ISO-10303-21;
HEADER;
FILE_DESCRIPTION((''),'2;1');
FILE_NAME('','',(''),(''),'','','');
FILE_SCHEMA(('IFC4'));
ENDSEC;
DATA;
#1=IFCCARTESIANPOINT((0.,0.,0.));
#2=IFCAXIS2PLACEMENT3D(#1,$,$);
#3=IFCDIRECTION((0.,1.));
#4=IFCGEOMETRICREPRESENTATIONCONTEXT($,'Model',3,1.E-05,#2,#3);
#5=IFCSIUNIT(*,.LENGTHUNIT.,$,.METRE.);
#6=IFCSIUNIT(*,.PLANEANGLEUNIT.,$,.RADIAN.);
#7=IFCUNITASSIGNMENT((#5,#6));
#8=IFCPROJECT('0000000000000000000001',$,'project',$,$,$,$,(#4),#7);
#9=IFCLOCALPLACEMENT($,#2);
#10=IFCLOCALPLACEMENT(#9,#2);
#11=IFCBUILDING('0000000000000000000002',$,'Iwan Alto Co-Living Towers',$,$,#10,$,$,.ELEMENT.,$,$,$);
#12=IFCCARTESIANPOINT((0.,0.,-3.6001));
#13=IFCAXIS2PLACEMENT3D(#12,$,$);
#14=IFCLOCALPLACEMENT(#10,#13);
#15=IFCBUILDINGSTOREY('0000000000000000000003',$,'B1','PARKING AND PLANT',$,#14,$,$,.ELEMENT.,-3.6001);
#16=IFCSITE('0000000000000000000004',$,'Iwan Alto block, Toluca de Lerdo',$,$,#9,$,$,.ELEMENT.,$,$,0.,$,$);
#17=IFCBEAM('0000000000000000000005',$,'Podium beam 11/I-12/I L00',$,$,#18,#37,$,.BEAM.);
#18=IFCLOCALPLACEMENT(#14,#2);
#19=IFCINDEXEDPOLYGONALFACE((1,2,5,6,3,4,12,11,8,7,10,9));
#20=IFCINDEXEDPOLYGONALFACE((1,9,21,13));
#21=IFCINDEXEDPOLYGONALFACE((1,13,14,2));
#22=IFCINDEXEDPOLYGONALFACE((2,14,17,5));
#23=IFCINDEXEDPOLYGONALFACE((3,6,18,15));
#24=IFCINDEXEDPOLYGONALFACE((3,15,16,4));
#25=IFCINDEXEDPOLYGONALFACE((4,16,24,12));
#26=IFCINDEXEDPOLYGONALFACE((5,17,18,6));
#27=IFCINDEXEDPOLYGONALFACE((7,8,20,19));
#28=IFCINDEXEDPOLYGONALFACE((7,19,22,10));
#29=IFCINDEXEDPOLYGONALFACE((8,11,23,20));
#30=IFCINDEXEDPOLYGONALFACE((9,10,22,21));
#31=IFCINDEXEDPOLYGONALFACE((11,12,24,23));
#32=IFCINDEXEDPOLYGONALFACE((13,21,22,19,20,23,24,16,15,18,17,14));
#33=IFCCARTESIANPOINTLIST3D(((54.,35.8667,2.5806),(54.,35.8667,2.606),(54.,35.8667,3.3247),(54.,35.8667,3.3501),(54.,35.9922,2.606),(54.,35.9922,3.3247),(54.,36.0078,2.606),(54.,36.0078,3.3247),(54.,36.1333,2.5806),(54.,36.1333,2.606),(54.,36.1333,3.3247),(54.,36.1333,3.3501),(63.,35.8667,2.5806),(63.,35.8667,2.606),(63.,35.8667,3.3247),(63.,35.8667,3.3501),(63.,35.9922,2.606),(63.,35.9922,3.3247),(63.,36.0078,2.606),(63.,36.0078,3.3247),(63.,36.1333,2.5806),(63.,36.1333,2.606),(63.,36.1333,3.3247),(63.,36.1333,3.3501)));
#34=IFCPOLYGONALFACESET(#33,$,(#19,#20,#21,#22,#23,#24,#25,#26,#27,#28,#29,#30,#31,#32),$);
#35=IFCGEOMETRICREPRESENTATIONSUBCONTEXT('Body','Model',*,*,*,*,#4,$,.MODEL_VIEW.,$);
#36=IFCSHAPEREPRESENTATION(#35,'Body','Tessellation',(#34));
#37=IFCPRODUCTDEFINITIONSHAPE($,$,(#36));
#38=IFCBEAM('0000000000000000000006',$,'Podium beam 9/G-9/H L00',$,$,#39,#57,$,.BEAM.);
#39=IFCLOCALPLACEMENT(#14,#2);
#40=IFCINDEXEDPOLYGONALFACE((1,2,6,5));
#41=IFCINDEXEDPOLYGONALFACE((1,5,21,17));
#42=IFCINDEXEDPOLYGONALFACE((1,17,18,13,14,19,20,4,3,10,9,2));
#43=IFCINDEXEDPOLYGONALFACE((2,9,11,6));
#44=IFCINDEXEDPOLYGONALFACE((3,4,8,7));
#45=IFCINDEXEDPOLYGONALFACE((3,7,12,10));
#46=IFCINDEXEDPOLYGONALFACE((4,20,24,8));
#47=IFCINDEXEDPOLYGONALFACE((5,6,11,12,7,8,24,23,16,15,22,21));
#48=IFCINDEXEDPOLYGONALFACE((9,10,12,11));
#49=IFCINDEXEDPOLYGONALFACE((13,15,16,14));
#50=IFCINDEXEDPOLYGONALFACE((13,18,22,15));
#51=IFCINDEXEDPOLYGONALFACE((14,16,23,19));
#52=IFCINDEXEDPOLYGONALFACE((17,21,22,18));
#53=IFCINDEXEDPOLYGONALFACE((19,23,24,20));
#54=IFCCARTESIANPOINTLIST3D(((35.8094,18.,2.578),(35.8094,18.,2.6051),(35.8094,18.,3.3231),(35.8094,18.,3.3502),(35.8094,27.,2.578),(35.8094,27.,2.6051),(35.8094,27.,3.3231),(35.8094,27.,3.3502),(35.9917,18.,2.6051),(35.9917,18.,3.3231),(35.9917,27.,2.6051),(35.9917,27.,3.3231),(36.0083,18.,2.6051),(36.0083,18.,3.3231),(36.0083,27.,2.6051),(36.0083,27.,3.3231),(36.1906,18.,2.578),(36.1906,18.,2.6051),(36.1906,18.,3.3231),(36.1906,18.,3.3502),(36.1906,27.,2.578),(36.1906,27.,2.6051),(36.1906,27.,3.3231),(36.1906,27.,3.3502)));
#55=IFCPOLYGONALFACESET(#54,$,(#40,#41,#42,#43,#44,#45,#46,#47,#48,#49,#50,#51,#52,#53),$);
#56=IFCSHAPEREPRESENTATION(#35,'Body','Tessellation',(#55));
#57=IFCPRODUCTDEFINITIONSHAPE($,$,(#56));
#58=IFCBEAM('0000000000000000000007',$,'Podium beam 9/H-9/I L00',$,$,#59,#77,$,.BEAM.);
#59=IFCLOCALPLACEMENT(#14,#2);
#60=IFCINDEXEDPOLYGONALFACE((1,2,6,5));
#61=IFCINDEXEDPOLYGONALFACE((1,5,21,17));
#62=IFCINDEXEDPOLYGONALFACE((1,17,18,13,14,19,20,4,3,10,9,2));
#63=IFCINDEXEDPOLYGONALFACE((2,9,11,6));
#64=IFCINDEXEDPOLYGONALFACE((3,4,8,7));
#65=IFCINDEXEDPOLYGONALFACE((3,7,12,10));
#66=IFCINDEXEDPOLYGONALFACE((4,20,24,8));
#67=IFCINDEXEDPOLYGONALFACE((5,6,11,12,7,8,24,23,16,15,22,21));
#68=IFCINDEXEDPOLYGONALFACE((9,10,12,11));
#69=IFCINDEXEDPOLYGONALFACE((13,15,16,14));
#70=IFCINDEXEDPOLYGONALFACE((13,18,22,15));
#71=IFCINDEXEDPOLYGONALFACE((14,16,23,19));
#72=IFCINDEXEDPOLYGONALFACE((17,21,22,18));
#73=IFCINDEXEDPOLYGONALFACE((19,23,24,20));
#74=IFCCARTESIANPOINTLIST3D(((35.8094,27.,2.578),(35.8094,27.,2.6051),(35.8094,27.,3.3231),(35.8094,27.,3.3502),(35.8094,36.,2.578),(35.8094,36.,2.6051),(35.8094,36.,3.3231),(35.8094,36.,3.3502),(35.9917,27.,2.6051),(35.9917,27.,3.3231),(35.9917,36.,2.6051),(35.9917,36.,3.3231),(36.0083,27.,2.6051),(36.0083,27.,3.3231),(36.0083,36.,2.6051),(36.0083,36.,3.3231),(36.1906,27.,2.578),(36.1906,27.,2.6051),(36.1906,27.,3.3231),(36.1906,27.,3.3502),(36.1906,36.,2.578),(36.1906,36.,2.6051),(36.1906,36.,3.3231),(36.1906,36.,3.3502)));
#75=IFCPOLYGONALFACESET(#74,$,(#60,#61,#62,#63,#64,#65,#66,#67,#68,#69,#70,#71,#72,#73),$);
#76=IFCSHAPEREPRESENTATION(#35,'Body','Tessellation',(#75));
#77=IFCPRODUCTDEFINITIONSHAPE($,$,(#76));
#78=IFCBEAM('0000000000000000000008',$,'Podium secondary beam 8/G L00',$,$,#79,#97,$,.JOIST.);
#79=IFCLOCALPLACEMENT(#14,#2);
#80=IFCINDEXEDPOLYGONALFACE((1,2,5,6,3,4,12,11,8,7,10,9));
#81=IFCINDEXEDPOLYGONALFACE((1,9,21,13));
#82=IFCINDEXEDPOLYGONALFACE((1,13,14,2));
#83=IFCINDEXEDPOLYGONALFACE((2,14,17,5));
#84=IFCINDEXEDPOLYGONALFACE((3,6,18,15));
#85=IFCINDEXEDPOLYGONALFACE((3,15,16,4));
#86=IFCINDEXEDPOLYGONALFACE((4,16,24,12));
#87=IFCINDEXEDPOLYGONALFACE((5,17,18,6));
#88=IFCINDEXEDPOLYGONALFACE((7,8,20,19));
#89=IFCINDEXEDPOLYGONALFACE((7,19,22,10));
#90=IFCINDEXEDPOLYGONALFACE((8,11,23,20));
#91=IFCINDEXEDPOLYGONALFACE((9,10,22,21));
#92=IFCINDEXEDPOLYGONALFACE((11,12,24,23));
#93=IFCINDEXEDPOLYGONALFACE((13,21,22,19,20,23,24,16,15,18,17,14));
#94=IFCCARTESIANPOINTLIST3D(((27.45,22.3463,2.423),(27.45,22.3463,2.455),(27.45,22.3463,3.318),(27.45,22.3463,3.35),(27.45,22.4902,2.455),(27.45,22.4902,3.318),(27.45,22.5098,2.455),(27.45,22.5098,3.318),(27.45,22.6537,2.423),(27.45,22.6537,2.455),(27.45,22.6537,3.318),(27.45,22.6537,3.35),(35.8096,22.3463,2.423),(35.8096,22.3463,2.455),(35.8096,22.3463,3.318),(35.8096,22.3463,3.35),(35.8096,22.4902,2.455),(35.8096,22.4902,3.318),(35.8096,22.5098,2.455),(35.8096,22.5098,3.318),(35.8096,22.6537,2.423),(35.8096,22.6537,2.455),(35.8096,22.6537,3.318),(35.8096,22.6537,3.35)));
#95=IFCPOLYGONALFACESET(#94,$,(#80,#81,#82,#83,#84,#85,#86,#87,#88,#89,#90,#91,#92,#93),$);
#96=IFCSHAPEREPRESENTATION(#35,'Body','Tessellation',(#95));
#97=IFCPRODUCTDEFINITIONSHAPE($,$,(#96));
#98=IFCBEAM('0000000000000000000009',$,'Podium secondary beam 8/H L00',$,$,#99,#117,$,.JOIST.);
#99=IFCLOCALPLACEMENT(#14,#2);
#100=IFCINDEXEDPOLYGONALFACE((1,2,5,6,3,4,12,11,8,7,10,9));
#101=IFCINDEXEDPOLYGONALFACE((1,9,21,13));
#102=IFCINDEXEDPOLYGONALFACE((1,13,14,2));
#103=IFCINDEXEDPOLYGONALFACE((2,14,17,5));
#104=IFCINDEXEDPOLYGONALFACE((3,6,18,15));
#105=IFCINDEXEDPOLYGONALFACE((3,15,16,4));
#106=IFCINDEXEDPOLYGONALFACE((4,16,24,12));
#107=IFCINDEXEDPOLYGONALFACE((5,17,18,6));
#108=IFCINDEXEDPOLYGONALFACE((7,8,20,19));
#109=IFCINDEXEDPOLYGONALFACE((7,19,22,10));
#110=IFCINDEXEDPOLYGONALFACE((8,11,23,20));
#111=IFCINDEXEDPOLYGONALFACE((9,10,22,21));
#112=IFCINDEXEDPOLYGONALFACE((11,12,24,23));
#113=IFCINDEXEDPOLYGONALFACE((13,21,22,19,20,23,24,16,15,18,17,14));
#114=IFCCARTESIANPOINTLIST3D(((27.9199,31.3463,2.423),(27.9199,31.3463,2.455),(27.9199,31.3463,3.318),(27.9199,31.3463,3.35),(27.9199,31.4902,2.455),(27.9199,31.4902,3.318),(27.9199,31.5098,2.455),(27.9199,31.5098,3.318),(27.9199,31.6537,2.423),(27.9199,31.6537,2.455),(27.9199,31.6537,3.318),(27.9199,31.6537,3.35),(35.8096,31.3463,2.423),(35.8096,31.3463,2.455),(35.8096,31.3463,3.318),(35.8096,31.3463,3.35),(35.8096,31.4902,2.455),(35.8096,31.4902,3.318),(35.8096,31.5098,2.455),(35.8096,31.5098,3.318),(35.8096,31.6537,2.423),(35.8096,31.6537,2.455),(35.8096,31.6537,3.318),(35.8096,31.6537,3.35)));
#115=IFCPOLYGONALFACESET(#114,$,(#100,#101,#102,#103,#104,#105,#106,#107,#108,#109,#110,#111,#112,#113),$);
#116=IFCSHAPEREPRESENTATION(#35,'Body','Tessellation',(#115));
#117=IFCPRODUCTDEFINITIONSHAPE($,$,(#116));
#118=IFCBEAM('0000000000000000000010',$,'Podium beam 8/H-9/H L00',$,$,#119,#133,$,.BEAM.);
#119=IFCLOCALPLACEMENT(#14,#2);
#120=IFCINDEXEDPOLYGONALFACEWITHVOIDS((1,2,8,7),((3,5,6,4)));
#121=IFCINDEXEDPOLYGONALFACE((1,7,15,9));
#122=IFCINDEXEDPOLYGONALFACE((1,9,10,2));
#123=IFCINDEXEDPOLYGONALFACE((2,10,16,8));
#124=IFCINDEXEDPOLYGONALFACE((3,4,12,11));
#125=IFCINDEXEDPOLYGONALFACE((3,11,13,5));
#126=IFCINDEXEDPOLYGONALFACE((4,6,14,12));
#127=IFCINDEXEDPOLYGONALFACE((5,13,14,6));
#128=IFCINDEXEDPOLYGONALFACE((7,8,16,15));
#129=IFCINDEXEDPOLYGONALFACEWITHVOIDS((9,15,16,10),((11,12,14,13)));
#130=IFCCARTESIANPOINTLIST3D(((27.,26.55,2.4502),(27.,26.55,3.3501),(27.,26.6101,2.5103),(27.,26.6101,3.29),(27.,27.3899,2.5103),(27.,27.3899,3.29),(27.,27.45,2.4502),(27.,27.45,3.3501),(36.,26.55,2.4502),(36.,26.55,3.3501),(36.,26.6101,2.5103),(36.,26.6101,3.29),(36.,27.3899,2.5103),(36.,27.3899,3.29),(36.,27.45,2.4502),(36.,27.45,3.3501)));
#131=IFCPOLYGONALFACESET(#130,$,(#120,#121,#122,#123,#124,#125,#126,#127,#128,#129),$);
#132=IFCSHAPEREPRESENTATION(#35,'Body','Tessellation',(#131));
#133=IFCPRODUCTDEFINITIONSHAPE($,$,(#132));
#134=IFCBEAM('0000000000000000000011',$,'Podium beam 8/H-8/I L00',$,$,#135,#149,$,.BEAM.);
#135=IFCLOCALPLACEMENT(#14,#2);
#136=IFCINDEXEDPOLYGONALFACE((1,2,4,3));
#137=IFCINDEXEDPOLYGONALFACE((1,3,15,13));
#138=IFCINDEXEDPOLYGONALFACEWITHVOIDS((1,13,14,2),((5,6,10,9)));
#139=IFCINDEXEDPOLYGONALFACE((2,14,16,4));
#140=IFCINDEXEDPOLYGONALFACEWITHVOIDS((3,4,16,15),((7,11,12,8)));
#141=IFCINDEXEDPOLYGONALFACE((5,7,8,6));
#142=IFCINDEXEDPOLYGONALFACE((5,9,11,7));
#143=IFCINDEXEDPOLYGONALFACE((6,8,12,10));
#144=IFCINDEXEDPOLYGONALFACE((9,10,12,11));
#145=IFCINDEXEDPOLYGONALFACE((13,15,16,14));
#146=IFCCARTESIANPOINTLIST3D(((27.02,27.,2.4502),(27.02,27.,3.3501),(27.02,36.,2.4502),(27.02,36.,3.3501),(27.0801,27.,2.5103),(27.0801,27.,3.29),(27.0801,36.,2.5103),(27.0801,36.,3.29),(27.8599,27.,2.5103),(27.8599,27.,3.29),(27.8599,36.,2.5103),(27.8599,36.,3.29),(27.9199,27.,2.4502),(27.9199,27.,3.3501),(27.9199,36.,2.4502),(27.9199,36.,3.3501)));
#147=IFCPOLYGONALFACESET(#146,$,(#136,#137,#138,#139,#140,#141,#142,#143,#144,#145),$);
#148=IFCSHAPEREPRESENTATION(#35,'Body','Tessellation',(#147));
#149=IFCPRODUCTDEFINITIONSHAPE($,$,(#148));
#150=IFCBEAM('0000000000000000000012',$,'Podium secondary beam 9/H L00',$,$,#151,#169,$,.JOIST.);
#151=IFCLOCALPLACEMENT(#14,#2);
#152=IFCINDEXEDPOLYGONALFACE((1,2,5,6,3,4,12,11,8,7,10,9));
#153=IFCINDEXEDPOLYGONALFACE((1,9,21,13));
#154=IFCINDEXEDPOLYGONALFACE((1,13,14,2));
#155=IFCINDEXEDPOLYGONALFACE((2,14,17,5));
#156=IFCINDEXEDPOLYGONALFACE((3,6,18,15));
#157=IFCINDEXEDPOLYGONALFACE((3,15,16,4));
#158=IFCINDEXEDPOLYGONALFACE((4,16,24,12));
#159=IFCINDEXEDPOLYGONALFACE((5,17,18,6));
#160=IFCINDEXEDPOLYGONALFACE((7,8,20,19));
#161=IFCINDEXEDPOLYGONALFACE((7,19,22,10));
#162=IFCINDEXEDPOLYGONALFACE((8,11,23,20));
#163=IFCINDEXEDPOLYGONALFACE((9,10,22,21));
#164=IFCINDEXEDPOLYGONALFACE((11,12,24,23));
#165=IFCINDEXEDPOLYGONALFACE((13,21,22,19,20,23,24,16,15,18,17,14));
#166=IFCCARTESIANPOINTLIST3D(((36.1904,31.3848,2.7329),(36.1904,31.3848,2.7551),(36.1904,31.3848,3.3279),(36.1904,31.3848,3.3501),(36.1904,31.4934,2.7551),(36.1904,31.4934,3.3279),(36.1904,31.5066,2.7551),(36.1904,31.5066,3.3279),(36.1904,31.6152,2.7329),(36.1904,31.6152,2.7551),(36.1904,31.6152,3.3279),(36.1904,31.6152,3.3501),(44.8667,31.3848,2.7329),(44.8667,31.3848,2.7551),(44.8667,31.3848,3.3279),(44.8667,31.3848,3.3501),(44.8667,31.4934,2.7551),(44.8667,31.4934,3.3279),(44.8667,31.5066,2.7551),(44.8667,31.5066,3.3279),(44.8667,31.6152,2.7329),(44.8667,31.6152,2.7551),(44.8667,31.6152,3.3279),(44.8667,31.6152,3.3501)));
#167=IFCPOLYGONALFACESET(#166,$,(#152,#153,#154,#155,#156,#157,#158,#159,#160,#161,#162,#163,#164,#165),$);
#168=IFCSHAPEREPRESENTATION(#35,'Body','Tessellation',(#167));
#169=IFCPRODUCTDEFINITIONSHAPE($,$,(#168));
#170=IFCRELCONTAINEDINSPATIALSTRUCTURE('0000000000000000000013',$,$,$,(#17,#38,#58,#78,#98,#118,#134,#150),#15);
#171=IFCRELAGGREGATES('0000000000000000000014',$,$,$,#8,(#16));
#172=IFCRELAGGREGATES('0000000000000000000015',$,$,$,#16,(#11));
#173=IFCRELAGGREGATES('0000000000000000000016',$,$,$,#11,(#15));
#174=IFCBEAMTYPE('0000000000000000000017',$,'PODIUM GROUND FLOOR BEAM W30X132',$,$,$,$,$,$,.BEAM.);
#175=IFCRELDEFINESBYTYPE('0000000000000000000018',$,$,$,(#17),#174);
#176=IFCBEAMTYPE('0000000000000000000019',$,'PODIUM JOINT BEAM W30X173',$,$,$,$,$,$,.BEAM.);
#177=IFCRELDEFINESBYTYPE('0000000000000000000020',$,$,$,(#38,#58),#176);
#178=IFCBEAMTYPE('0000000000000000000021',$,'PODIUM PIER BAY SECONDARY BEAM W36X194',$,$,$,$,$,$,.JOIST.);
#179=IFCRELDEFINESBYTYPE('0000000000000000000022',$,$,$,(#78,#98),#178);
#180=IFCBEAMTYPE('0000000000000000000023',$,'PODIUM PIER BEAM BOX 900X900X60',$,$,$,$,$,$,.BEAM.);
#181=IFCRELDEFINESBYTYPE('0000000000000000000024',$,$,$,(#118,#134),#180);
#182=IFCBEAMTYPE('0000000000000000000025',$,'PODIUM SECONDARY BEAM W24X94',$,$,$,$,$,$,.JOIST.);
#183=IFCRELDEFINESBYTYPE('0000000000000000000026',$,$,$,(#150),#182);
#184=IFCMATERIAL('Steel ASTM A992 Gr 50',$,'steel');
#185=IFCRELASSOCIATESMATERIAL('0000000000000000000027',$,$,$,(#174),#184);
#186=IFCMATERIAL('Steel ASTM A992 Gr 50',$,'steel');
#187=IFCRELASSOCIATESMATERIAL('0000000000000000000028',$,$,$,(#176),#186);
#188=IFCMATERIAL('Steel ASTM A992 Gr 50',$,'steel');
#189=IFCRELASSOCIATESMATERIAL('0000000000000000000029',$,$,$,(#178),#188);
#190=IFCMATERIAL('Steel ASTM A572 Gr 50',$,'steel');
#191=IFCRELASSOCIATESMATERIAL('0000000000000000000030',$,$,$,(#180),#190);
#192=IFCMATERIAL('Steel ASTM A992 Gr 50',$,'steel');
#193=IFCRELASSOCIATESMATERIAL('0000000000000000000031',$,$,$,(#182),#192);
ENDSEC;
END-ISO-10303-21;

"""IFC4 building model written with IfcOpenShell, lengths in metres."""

from ifc_helpers import new_model, si_unit, direction, frame, origin, origin_2d, place, context, subcontext, project, spatial, hollow_rectangle, i_section, extrude, material, material_profile, profile_set, type_object, element, save


model = new_model("IFC4")

# Units and contexts
model_context = context("Model", 3, precision=1e-05, world=origin(), true_north=direction((0.0, 1.0)))
body_context = subcontext(model_context, "Body", "Model", "MODEL_VIEW")
ifc_project = project(units=[si_unit("LENGTHUNIT", "METRE"), si_unit("PLANEANGLEUNIT", "RADIAN")], contexts=[model_context])

# Site, building, storey
site_placement = place(None, origin())
site = spatial("IfcSite", under=ifc_project, at=site_placement, Name="Iwan Alto block, Toluca de Lerdo", CompositionType="ELEMENT", RefElevation=0.0)
building_placement = place(site_placement, origin())
building = spatial("IfcBuilding", under=site, at=building_placement, Name="Iwan Alto Co-Living Towers", CompositionType="ELEMENT")
storey_placement = place(building_placement, frame((0.0, 0.0, -3.6001)))
storey = spatial("IfcBuildingStorey", under=building, at=storey_placement, Name="B1", Description="PARKING AND PLANT", CompositionType="ELEMENT", Elevation=-3.6001)

# Beams
ifc_material_1 = material(Name="Steel ASTM A992 Gr 50", Category="steel")
ifc_material_profile_1 = material_profile(ifc_material_1, i_section(OverallWidth=0.2666, OverallDepth=0.7695, WebThickness=0.0156, FlangeThickness=0.0254, at=origin_2d()), Name="W30X132")
ifc_profile_set_1 = profile_set([ifc_material_profile_1], Name="Steel ASTM A992 Gr 50")
beam_type_1 = type_object("IfcBeamType", Name="PODIUM GROUND FLOOR BEAM W30X132", PredefinedType="BEAM", material=ifc_profile_set_1)
for number, where, z_axis, x_axis, name in (
    (1, (54.0, 36.0, 2.9653), (1.0, 0.0, 0.0), (0.0, 1.0, 0.0), "Podium beam 11/I-12/I L00"),
):
    element("IfcBeam", number, at=place(storey_placement, frame(where, z_axis=z_axis, x_axis=x_axis)), inside=storey, type_object=beam_type_1, Name=name, PredefinedType="BEAM", context=body_context, shape_type="SweptSolid", body=[
        extrude(i_section(OverallWidth=0.2666, OverallDepth=0.7695, WebThickness=0.0156, FlangeThickness=0.0254, at=origin_2d()), origin(), (0.0, 0.0, 1.0), 9.0),
    ])
ifc_material_2 = material(Name="Steel ASTM A992 Gr 50", Category="steel")
ifc_material_profile_2 = material_profile(ifc_material_2, i_section(OverallWidth=0.3811, OverallDepth=0.7722, WebThickness=0.0166, FlangeThickness=0.0271, at=origin_2d()), Name="W30X173")
ifc_profile_set_2 = profile_set([ifc_material_profile_2], Name="Steel ASTM A992 Gr 50")
beam_type_2 = type_object("IfcBeamType", Name="PODIUM JOINT BEAM W30X173", PredefinedType="BEAM", material=ifc_profile_set_2)
for number, where, z_axis, x_axis, name in (
    (2, (36.0, 18.0, 2.9641), (0.0, 1.0, 0.0), (-1.0, 0.0, 0.0), "Podium beam 9/G-9/H L00"),
    (3, (36.0, 27.0, 2.9641), (0.0, 1.0, 0.0), (-1.0, 0.0, 0.0), "Podium beam 9/H-9/I L00"),
):
    element("IfcBeam", number, at=place(storey_placement, frame(where, z_axis=z_axis, x_axis=x_axis)), inside=storey, type_object=beam_type_2, Name=name, PredefinedType="BEAM", context=body_context, shape_type="SweptSolid", body=[
        extrude(i_section(OverallWidth=0.3811, OverallDepth=0.7722, WebThickness=0.0166, FlangeThickness=0.0271, at=origin_2d()), origin(), (0.0, 0.0, 1.0), 9.0),
    ])
ifc_material_3 = material(Name="Steel ASTM A992 Gr 50", Category="steel")
ifc_material_profile_3 = material_profile(ifc_material_3, i_section(OverallWidth=0.3074, OverallDepth=0.927, WebThickness=0.0195, FlangeThickness=0.032, at=origin_2d()), Name="W36X194")
ifc_profile_set_3 = profile_set([ifc_material_profile_3], Name="Steel ASTM A992 Gr 50")
beam_type_3 = type_object("IfcBeamType", Name="PODIUM PIER BAY SECONDARY BEAM W36X194", PredefinedType="JOIST", material=ifc_profile_set_3)
beam_1_placement = place(storey_placement, frame((27.45, 22.5, 2.8865), z_axis=(1.0, 0.0, 0.0), x_axis=(0.0, 1.0, 0.0)))
element("IfcBeam", 4, at=beam_1_placement, inside=storey, type_object=beam_type_3, Name="Podium secondary beam 8/G L00", PredefinedType="JOIST", context=body_context, shape_type="SweptSolid", body=[
    extrude(i_section(OverallWidth=0.3074, OverallDepth=0.927, WebThickness=0.0195, FlangeThickness=0.032, at=origin_2d()), origin(), (0.0, 0.0, 1.0), 8.3596),
])
beam_2_placement = place(storey_placement, frame((27.9199, 31.5, 2.8865), z_axis=(1.0, 0.0, 0.0), x_axis=(0.0, 1.0, 0.0)))
element("IfcBeam", 5, at=beam_2_placement, inside=storey, type_object=beam_type_3, Name="Podium secondary beam 8/H L00", PredefinedType="JOIST", context=body_context, shape_type="SweptSolid", body=[
    extrude(i_section(OverallWidth=0.3074, OverallDepth=0.927, WebThickness=0.0195, FlangeThickness=0.032, at=origin_2d()), origin(), (0.0, 0.0, 1.0), 7.8896),
])
ifc_material_4 = material(Name="Steel ASTM A572 Gr 50", Category="steel")
ifc_material_profile_4 = material_profile(ifc_material_4, hollow_rectangle(XDim=0.8999, YDim=0.8999, WallThickness=0.0601, at=origin_2d()), Name="BOX 900X900X60")
ifc_profile_set_4 = profile_set([ifc_material_profile_4], Name="Steel ASTM A572 Gr 50")
beam_type_4 = type_object("IfcBeamType", Name="PODIUM PIER BEAM BOX 900X900X60", PredefinedType="BEAM", material=ifc_profile_set_4)
for number, where, z_axis, x_axis, name in (
    (6, (27.0, 27.0, 2.9001), (1.0, 0.0, 0.0), (0.0, 1.0, 0.0), "Podium beam 8/H-9/H L00"),
    (7, (27.47, 27.0, 2.9001), (0.0, 1.0, 0.0), (-1.0, 0.0, 0.0), "Podium beam 8/H-8/I L00"),
):
    element("IfcBeam", number, at=place(storey_placement, frame(where, z_axis=z_axis, x_axis=x_axis)), inside=storey, type_object=beam_type_4, Name=name, PredefinedType="BEAM", context=body_context, shape_type="SweptSolid", body=[
        extrude(hollow_rectangle(XDim=0.8999, YDim=0.8999, WallThickness=0.0601, at=origin_2d()), origin(), (0.0, 0.0, 1.0), 9.0),
    ])
ifc_material_5 = material(Name="Steel ASTM A992 Gr 50", Category="steel")
ifc_material_profile_5 = material_profile(ifc_material_5, i_section(OverallWidth=0.2305, OverallDepth=0.6172, WebThickness=0.0132, FlangeThickness=0.0222, at=origin_2d()), Name="W24X94")
ifc_profile_set_5 = profile_set([ifc_material_profile_5], Name="Steel ASTM A992 Gr 50")
beam_type_5 = type_object("IfcBeamType", Name="PODIUM SECONDARY BEAM W24X94", PredefinedType="JOIST", material=ifc_profile_set_5)
beam_3_placement = place(storey_placement, frame((36.1904, 31.5, 3.0415), z_axis=(1.0, 0.0, 0.0), x_axis=(0.0, 1.0, 0.0)))
element("IfcBeam", 8, at=beam_3_placement, inside=storey, type_object=beam_type_5, Name="Podium secondary beam 9/H L00", PredefinedType="JOIST", context=body_context, shape_type="SweptSolid", body=[
    extrude(i_section(OverallWidth=0.2305, OverallDepth=0.6172, WebThickness=0.0132, FlangeThickness=0.0222, at=origin_2d()), origin(), (0.0, 0.0, 1.0), 8.6763),
])

save(model, "model.ifc")
